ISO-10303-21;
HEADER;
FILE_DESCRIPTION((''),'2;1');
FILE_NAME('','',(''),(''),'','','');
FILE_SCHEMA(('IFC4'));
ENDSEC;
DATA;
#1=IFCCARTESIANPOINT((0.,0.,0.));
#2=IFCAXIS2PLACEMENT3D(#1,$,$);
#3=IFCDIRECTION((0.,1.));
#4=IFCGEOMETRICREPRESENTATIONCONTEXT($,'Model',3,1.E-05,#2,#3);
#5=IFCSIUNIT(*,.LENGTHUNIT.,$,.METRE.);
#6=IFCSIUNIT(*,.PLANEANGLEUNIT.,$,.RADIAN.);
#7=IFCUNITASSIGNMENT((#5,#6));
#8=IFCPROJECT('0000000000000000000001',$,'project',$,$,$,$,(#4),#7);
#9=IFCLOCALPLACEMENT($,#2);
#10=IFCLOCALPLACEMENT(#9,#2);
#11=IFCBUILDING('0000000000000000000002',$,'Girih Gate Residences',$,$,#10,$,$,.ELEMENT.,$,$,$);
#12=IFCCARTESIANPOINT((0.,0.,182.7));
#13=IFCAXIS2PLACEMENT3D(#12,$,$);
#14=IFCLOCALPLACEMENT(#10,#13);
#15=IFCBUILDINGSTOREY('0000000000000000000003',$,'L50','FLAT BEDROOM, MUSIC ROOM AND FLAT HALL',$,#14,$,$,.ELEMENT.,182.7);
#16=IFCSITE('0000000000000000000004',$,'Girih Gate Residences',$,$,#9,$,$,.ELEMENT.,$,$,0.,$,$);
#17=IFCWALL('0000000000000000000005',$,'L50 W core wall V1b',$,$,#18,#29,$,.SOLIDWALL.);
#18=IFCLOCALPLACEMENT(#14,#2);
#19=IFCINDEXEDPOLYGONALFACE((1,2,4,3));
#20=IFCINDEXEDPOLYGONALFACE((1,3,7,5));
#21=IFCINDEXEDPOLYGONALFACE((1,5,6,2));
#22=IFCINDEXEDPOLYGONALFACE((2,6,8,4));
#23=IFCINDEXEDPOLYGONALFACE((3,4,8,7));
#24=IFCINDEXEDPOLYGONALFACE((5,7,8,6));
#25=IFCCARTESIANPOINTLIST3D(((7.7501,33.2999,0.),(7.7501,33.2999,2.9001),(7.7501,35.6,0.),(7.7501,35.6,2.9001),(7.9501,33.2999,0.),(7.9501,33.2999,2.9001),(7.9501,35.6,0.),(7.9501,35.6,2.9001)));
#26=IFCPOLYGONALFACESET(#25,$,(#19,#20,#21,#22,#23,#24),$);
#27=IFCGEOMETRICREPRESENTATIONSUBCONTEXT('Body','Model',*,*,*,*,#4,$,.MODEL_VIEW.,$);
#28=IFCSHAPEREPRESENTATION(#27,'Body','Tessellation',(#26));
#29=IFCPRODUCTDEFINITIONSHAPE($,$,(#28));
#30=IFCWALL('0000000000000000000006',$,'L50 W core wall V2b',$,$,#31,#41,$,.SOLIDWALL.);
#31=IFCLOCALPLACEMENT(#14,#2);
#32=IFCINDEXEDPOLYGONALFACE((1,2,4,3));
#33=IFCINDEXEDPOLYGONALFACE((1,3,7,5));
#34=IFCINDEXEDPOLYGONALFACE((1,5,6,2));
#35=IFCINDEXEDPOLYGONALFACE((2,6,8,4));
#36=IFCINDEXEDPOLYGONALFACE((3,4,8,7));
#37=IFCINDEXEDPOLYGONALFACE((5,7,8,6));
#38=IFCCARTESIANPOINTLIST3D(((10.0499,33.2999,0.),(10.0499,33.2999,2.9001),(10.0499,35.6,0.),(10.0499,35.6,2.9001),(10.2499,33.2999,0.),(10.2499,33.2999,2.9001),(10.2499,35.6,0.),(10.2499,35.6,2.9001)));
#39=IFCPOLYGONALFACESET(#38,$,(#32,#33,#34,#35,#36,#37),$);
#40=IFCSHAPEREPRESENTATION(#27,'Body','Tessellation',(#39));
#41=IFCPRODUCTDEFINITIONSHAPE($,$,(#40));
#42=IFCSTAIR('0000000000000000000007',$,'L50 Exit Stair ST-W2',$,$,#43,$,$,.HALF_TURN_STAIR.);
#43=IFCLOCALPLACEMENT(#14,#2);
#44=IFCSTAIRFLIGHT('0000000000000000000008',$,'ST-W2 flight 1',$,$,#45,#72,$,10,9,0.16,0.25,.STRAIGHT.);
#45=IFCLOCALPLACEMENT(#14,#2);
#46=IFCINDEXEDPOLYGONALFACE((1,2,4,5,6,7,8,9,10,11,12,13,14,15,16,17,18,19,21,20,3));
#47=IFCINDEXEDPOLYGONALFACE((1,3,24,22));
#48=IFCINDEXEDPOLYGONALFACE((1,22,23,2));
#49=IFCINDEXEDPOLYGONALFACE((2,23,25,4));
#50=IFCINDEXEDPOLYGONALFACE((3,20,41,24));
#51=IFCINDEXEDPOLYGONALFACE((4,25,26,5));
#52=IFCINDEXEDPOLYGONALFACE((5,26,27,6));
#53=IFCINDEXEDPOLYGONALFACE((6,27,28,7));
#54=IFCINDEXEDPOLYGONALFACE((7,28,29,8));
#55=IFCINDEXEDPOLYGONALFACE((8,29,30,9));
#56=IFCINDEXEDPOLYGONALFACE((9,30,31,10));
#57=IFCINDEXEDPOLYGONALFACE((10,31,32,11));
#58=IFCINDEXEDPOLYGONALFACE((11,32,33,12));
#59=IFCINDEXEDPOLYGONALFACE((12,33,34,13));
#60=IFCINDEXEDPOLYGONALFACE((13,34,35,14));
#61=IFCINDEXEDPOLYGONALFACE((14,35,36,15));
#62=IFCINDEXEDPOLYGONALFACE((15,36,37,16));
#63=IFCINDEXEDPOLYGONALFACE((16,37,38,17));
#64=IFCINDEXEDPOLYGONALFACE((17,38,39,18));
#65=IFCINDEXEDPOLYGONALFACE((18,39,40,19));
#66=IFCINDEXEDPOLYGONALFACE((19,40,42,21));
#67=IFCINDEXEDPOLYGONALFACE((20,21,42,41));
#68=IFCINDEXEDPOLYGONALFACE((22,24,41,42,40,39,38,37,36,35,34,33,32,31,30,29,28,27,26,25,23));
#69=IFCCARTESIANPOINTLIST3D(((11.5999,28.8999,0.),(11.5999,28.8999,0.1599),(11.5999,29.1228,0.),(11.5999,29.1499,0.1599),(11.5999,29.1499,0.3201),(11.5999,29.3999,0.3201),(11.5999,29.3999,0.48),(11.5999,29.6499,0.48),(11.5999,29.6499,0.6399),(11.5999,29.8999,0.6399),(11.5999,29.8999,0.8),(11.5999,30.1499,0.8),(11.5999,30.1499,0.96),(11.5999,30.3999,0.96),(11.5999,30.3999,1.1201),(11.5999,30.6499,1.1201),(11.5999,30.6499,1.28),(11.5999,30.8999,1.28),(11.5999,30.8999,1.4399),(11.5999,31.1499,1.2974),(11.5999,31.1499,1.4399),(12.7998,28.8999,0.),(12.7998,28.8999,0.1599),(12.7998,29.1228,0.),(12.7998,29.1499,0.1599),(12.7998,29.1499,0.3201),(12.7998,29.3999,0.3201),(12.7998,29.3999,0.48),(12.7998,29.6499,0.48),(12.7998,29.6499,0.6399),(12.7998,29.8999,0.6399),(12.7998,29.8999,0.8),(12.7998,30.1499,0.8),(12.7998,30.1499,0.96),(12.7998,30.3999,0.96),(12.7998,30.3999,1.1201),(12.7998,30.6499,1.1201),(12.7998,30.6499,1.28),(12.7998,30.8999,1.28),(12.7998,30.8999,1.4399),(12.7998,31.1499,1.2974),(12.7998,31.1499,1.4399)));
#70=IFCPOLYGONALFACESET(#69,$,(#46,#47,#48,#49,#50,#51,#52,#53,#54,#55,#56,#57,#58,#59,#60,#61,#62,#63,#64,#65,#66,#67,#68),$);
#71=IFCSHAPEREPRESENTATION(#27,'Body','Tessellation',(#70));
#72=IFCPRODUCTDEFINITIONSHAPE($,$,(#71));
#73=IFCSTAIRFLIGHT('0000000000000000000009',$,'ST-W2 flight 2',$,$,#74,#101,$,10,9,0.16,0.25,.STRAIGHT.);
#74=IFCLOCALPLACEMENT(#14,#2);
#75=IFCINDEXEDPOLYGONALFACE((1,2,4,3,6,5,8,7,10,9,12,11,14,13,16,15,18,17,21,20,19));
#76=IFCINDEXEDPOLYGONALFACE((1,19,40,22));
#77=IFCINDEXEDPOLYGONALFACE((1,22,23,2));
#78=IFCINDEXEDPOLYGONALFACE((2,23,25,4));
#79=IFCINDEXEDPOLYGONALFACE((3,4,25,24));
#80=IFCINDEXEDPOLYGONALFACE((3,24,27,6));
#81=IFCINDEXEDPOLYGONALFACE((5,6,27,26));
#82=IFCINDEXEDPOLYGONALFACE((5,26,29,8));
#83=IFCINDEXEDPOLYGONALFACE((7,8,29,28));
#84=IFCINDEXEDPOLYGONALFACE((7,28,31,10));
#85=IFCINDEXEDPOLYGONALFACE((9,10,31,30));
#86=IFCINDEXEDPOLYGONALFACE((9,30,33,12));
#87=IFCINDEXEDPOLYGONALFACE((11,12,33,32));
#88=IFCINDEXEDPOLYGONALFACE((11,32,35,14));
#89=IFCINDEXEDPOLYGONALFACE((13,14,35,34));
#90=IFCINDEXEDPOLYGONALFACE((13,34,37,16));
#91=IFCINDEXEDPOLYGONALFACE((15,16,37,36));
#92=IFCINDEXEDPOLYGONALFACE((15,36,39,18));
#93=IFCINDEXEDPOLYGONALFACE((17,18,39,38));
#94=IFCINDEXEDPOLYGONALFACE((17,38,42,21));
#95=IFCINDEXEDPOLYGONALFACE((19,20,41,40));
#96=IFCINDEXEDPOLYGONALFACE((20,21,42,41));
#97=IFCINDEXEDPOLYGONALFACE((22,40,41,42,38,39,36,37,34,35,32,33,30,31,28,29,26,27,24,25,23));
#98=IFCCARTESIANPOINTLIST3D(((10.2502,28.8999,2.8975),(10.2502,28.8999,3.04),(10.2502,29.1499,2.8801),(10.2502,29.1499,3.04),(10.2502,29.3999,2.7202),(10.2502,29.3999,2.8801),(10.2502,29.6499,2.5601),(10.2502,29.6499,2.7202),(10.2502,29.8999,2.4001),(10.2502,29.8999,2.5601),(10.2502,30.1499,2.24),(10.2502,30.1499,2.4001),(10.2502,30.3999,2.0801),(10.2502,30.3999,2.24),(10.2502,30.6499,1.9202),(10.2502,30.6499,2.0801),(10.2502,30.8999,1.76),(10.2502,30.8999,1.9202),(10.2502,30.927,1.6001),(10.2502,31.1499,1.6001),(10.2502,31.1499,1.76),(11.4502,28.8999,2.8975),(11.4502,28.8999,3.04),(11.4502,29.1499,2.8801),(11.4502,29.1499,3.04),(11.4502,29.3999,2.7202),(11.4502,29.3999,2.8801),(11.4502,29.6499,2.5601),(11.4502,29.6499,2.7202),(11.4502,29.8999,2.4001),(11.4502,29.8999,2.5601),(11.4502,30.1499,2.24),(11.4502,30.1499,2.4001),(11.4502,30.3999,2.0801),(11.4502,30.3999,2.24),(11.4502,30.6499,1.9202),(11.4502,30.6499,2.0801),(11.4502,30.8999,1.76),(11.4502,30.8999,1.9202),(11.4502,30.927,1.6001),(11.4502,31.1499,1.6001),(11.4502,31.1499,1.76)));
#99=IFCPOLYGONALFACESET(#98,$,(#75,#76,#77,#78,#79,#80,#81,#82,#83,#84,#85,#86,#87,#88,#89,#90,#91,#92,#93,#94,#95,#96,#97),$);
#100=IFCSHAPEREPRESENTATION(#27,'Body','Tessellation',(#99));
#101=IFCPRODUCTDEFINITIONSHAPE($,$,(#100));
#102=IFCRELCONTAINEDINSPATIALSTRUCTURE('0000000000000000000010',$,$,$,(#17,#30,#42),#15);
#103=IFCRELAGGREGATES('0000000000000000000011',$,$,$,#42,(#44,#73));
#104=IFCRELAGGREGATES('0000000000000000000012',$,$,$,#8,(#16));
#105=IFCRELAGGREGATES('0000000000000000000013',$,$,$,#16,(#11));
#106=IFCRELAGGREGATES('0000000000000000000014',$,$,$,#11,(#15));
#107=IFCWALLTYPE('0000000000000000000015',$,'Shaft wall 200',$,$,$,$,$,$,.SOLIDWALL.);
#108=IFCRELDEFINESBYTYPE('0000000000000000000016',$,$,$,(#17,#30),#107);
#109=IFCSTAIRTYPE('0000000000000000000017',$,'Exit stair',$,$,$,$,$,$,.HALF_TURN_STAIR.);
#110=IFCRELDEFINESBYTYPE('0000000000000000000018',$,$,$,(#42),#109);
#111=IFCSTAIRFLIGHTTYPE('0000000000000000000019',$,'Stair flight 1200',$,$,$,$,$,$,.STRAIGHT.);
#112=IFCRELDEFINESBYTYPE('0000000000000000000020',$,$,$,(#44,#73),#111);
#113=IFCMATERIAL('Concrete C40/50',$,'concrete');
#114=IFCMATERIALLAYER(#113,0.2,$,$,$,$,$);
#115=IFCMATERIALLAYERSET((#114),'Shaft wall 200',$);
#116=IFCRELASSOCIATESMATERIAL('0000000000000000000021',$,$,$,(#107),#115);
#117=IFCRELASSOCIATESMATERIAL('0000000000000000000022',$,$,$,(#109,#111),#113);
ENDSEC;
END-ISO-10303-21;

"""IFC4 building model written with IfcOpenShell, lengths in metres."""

from ifc_helpers import new_model, si_unit, direction, frame, frame_2d, origin, place, context, subcontext, project, spatial, polyline, rectangle, outline, extrude, material, layer, layer_set, type_object, element, aggregate, save


model = new_model("IFC4")

# Units and contexts
model_context = context("Model", 3, precision=1e-05, world=origin(), true_north=direction((0.0, 1.0)))
body_context = subcontext(model_context, "Body", "Model", "MODEL_VIEW")
ifc_project = project(units=[si_unit("LENGTHUNIT", "METRE"), si_unit("PLANEANGLEUNIT", "RADIAN")], contexts=[model_context])

# Site, building, storey
site_placement = place(None, origin())
site = spatial("IfcSite", under=ifc_project, at=site_placement, Name="Girih Gate Residences", CompositionType="ELEMENT", RefElevation=0.0)
building_placement = place(site_placement, origin())
building = spatial("IfcBuilding", under=site, at=building_placement, Name="Girih Gate Residences", CompositionType="ELEMENT")
storey_placement = place(building_placement, frame((0.0, 0.0, 182.7)))
storey = spatial("IfcBuildingStorey", under=building, at=storey_placement, Name="L50", Description="FLAT BEDROOM, MUSIC ROOM AND FLAT HALL", CompositionType="ELEMENT", Elevation=182.7)

# Shared definitions
ifc_material_1 = material(Name="Concrete C40/50", Category="concrete")
ifc_layer_1 = layer(ifc_material_1, 0.2)
ifc_layer_set_1 = layer_set([ifc_layer_1], Name="Shaft wall 200")
wall_type_1 = type_object("IfcWallType", Name="Shaft wall 200", PredefinedType="SOLIDWALL", material=ifc_layer_set_1)

# Walls
for number, where, z_axis, x_axis, name in (
    (1, (7.8501, 33.3, 0.0), (0.0, 0.0, 1.0), (0.0, 1.0, 0.0), "L50 W core wall V1b"),
    (2, (10.1499, 33.3, 0.0), (0.0, 0.0, 1.0), (0.0, 1.0, 0.0), "L50 W core wall V2b"),
):
    element("IfcWall", number, at=place(storey_placement, frame(where, z_axis=z_axis, x_axis=x_axis)), inside=storey, type_object=wall_type_1, Name=name, PredefinedType="SOLIDWALL", context=body_context, shape_type="SweptSolid", body=[
        extrude(rectangle(XDim=2.3, YDim=0.2, at=frame_2d((1.1499, 0.0))), origin(), (0.0, 0.0, 1.0), 2.9001),
    ])

# Stair, stair flights
stair_type = type_object("IfcStairType", Name="Exit stair", PredefinedType="HALF_TURN_STAIR", material=ifc_material_1)
stair_placement = place(storey_placement, origin())
stair = element("IfcStair", 3, at=stair_placement, inside=storey, type_object=stair_type, Name="L50 Exit Stair ST-W2", PredefinedType="HALF_TURN_STAIR")
stair_flight_type = type_object("IfcStairFlightType", Name="Stair flight 1200", PredefinedType="STRAIGHT", material=ifc_material_1)
stair_flight_1_placement = place(storey_placement, frame((12.2, 28.8999, 0.0), z_axis=(0.0, 0.0, 1.0), x_axis=(0.0, 1.0, 0.0)))
stair_flight_1 = element("IfcStairFlight", 4, at=stair_flight_1_placement, type_object=stair_flight_type, Name="ST-W2 flight 1", NumberOfRisers=10, NumberOfTreads=9, PredefinedType="STRAIGHT", RiserHeight=0.16, TreadLength=0.25, context=body_context, shape_type="SweptSolid", body=[
    extrude(outline(polyline([(0.0, 0.0), (0.0, 0.1599), (0.25, 0.1599), (0.25, 0.3201), (0.5, 0.3201), (0.5, 0.48), (0.75, 0.48), (0.75, 0.6399), (1.0, 0.6399), (1.0, 0.8), (1.25, 0.8), (1.25, 0.96), (1.5, 0.96), (1.5, 1.1201), (1.75, 1.1201), (1.75, 1.28), (2.0, 1.28), (2.0, 1.4399), (2.25, 1.4399), (2.25, 1.6001), (2.25, 1.2974), (0.2229, 0.0), (0.0, 0.0)])), frame((0.0, 0.6001, 0.0), z_axis=(0.0, -1.0, 0.0), x_axis=(1.0, 0.0, 0.0)), (0.0, 0.0, 1.0), 1.2),
])
stair_flight_2_placement = place(storey_placement, frame((10.8501, 31.1499, 1.6001), z_axis=(0.0, 0.0, 1.0), x_axis=(0.0, -1.0, 0.0)))
stair_flight_2 = element("IfcStairFlight", 5, at=stair_flight_2_placement, type_object=stair_flight_type, Name="ST-W2 flight 2", NumberOfRisers=10, NumberOfTreads=9, PredefinedType="STRAIGHT", RiserHeight=0.16, TreadLength=0.25, context=body_context, shape_type="SweptSolid", body=[
    extrude(outline(polyline([(0.0, 0.0), (0.0, 0.1599), (0.25, 0.1599), (0.25, 0.3201), (0.5, 0.3201), (0.5, 0.48), (0.75, 0.48), (0.75, 0.6399), (1.0, 0.6399), (1.0, 0.8), (1.25, 0.8), (1.25, 0.96), (1.5, 0.96), (1.5, 1.1201), (1.75, 1.1201), (1.75, 1.28), (2.0, 1.28), (2.0, 1.4399), (2.25, 1.4399), (2.25, 1.6001), (2.25, 1.2974), (0.2229, 0.0), (0.0, 0.0)])), frame((0.0, 0.6001, 0.0), z_axis=(0.0, -1.0, 0.0), x_axis=(1.0, 0.0, 0.0)), (0.0, 0.0, 1.0), 1.2),
])
aggregate(stair, [stair_flight_1, stair_flight_2])

save(model, "model.ifc")
